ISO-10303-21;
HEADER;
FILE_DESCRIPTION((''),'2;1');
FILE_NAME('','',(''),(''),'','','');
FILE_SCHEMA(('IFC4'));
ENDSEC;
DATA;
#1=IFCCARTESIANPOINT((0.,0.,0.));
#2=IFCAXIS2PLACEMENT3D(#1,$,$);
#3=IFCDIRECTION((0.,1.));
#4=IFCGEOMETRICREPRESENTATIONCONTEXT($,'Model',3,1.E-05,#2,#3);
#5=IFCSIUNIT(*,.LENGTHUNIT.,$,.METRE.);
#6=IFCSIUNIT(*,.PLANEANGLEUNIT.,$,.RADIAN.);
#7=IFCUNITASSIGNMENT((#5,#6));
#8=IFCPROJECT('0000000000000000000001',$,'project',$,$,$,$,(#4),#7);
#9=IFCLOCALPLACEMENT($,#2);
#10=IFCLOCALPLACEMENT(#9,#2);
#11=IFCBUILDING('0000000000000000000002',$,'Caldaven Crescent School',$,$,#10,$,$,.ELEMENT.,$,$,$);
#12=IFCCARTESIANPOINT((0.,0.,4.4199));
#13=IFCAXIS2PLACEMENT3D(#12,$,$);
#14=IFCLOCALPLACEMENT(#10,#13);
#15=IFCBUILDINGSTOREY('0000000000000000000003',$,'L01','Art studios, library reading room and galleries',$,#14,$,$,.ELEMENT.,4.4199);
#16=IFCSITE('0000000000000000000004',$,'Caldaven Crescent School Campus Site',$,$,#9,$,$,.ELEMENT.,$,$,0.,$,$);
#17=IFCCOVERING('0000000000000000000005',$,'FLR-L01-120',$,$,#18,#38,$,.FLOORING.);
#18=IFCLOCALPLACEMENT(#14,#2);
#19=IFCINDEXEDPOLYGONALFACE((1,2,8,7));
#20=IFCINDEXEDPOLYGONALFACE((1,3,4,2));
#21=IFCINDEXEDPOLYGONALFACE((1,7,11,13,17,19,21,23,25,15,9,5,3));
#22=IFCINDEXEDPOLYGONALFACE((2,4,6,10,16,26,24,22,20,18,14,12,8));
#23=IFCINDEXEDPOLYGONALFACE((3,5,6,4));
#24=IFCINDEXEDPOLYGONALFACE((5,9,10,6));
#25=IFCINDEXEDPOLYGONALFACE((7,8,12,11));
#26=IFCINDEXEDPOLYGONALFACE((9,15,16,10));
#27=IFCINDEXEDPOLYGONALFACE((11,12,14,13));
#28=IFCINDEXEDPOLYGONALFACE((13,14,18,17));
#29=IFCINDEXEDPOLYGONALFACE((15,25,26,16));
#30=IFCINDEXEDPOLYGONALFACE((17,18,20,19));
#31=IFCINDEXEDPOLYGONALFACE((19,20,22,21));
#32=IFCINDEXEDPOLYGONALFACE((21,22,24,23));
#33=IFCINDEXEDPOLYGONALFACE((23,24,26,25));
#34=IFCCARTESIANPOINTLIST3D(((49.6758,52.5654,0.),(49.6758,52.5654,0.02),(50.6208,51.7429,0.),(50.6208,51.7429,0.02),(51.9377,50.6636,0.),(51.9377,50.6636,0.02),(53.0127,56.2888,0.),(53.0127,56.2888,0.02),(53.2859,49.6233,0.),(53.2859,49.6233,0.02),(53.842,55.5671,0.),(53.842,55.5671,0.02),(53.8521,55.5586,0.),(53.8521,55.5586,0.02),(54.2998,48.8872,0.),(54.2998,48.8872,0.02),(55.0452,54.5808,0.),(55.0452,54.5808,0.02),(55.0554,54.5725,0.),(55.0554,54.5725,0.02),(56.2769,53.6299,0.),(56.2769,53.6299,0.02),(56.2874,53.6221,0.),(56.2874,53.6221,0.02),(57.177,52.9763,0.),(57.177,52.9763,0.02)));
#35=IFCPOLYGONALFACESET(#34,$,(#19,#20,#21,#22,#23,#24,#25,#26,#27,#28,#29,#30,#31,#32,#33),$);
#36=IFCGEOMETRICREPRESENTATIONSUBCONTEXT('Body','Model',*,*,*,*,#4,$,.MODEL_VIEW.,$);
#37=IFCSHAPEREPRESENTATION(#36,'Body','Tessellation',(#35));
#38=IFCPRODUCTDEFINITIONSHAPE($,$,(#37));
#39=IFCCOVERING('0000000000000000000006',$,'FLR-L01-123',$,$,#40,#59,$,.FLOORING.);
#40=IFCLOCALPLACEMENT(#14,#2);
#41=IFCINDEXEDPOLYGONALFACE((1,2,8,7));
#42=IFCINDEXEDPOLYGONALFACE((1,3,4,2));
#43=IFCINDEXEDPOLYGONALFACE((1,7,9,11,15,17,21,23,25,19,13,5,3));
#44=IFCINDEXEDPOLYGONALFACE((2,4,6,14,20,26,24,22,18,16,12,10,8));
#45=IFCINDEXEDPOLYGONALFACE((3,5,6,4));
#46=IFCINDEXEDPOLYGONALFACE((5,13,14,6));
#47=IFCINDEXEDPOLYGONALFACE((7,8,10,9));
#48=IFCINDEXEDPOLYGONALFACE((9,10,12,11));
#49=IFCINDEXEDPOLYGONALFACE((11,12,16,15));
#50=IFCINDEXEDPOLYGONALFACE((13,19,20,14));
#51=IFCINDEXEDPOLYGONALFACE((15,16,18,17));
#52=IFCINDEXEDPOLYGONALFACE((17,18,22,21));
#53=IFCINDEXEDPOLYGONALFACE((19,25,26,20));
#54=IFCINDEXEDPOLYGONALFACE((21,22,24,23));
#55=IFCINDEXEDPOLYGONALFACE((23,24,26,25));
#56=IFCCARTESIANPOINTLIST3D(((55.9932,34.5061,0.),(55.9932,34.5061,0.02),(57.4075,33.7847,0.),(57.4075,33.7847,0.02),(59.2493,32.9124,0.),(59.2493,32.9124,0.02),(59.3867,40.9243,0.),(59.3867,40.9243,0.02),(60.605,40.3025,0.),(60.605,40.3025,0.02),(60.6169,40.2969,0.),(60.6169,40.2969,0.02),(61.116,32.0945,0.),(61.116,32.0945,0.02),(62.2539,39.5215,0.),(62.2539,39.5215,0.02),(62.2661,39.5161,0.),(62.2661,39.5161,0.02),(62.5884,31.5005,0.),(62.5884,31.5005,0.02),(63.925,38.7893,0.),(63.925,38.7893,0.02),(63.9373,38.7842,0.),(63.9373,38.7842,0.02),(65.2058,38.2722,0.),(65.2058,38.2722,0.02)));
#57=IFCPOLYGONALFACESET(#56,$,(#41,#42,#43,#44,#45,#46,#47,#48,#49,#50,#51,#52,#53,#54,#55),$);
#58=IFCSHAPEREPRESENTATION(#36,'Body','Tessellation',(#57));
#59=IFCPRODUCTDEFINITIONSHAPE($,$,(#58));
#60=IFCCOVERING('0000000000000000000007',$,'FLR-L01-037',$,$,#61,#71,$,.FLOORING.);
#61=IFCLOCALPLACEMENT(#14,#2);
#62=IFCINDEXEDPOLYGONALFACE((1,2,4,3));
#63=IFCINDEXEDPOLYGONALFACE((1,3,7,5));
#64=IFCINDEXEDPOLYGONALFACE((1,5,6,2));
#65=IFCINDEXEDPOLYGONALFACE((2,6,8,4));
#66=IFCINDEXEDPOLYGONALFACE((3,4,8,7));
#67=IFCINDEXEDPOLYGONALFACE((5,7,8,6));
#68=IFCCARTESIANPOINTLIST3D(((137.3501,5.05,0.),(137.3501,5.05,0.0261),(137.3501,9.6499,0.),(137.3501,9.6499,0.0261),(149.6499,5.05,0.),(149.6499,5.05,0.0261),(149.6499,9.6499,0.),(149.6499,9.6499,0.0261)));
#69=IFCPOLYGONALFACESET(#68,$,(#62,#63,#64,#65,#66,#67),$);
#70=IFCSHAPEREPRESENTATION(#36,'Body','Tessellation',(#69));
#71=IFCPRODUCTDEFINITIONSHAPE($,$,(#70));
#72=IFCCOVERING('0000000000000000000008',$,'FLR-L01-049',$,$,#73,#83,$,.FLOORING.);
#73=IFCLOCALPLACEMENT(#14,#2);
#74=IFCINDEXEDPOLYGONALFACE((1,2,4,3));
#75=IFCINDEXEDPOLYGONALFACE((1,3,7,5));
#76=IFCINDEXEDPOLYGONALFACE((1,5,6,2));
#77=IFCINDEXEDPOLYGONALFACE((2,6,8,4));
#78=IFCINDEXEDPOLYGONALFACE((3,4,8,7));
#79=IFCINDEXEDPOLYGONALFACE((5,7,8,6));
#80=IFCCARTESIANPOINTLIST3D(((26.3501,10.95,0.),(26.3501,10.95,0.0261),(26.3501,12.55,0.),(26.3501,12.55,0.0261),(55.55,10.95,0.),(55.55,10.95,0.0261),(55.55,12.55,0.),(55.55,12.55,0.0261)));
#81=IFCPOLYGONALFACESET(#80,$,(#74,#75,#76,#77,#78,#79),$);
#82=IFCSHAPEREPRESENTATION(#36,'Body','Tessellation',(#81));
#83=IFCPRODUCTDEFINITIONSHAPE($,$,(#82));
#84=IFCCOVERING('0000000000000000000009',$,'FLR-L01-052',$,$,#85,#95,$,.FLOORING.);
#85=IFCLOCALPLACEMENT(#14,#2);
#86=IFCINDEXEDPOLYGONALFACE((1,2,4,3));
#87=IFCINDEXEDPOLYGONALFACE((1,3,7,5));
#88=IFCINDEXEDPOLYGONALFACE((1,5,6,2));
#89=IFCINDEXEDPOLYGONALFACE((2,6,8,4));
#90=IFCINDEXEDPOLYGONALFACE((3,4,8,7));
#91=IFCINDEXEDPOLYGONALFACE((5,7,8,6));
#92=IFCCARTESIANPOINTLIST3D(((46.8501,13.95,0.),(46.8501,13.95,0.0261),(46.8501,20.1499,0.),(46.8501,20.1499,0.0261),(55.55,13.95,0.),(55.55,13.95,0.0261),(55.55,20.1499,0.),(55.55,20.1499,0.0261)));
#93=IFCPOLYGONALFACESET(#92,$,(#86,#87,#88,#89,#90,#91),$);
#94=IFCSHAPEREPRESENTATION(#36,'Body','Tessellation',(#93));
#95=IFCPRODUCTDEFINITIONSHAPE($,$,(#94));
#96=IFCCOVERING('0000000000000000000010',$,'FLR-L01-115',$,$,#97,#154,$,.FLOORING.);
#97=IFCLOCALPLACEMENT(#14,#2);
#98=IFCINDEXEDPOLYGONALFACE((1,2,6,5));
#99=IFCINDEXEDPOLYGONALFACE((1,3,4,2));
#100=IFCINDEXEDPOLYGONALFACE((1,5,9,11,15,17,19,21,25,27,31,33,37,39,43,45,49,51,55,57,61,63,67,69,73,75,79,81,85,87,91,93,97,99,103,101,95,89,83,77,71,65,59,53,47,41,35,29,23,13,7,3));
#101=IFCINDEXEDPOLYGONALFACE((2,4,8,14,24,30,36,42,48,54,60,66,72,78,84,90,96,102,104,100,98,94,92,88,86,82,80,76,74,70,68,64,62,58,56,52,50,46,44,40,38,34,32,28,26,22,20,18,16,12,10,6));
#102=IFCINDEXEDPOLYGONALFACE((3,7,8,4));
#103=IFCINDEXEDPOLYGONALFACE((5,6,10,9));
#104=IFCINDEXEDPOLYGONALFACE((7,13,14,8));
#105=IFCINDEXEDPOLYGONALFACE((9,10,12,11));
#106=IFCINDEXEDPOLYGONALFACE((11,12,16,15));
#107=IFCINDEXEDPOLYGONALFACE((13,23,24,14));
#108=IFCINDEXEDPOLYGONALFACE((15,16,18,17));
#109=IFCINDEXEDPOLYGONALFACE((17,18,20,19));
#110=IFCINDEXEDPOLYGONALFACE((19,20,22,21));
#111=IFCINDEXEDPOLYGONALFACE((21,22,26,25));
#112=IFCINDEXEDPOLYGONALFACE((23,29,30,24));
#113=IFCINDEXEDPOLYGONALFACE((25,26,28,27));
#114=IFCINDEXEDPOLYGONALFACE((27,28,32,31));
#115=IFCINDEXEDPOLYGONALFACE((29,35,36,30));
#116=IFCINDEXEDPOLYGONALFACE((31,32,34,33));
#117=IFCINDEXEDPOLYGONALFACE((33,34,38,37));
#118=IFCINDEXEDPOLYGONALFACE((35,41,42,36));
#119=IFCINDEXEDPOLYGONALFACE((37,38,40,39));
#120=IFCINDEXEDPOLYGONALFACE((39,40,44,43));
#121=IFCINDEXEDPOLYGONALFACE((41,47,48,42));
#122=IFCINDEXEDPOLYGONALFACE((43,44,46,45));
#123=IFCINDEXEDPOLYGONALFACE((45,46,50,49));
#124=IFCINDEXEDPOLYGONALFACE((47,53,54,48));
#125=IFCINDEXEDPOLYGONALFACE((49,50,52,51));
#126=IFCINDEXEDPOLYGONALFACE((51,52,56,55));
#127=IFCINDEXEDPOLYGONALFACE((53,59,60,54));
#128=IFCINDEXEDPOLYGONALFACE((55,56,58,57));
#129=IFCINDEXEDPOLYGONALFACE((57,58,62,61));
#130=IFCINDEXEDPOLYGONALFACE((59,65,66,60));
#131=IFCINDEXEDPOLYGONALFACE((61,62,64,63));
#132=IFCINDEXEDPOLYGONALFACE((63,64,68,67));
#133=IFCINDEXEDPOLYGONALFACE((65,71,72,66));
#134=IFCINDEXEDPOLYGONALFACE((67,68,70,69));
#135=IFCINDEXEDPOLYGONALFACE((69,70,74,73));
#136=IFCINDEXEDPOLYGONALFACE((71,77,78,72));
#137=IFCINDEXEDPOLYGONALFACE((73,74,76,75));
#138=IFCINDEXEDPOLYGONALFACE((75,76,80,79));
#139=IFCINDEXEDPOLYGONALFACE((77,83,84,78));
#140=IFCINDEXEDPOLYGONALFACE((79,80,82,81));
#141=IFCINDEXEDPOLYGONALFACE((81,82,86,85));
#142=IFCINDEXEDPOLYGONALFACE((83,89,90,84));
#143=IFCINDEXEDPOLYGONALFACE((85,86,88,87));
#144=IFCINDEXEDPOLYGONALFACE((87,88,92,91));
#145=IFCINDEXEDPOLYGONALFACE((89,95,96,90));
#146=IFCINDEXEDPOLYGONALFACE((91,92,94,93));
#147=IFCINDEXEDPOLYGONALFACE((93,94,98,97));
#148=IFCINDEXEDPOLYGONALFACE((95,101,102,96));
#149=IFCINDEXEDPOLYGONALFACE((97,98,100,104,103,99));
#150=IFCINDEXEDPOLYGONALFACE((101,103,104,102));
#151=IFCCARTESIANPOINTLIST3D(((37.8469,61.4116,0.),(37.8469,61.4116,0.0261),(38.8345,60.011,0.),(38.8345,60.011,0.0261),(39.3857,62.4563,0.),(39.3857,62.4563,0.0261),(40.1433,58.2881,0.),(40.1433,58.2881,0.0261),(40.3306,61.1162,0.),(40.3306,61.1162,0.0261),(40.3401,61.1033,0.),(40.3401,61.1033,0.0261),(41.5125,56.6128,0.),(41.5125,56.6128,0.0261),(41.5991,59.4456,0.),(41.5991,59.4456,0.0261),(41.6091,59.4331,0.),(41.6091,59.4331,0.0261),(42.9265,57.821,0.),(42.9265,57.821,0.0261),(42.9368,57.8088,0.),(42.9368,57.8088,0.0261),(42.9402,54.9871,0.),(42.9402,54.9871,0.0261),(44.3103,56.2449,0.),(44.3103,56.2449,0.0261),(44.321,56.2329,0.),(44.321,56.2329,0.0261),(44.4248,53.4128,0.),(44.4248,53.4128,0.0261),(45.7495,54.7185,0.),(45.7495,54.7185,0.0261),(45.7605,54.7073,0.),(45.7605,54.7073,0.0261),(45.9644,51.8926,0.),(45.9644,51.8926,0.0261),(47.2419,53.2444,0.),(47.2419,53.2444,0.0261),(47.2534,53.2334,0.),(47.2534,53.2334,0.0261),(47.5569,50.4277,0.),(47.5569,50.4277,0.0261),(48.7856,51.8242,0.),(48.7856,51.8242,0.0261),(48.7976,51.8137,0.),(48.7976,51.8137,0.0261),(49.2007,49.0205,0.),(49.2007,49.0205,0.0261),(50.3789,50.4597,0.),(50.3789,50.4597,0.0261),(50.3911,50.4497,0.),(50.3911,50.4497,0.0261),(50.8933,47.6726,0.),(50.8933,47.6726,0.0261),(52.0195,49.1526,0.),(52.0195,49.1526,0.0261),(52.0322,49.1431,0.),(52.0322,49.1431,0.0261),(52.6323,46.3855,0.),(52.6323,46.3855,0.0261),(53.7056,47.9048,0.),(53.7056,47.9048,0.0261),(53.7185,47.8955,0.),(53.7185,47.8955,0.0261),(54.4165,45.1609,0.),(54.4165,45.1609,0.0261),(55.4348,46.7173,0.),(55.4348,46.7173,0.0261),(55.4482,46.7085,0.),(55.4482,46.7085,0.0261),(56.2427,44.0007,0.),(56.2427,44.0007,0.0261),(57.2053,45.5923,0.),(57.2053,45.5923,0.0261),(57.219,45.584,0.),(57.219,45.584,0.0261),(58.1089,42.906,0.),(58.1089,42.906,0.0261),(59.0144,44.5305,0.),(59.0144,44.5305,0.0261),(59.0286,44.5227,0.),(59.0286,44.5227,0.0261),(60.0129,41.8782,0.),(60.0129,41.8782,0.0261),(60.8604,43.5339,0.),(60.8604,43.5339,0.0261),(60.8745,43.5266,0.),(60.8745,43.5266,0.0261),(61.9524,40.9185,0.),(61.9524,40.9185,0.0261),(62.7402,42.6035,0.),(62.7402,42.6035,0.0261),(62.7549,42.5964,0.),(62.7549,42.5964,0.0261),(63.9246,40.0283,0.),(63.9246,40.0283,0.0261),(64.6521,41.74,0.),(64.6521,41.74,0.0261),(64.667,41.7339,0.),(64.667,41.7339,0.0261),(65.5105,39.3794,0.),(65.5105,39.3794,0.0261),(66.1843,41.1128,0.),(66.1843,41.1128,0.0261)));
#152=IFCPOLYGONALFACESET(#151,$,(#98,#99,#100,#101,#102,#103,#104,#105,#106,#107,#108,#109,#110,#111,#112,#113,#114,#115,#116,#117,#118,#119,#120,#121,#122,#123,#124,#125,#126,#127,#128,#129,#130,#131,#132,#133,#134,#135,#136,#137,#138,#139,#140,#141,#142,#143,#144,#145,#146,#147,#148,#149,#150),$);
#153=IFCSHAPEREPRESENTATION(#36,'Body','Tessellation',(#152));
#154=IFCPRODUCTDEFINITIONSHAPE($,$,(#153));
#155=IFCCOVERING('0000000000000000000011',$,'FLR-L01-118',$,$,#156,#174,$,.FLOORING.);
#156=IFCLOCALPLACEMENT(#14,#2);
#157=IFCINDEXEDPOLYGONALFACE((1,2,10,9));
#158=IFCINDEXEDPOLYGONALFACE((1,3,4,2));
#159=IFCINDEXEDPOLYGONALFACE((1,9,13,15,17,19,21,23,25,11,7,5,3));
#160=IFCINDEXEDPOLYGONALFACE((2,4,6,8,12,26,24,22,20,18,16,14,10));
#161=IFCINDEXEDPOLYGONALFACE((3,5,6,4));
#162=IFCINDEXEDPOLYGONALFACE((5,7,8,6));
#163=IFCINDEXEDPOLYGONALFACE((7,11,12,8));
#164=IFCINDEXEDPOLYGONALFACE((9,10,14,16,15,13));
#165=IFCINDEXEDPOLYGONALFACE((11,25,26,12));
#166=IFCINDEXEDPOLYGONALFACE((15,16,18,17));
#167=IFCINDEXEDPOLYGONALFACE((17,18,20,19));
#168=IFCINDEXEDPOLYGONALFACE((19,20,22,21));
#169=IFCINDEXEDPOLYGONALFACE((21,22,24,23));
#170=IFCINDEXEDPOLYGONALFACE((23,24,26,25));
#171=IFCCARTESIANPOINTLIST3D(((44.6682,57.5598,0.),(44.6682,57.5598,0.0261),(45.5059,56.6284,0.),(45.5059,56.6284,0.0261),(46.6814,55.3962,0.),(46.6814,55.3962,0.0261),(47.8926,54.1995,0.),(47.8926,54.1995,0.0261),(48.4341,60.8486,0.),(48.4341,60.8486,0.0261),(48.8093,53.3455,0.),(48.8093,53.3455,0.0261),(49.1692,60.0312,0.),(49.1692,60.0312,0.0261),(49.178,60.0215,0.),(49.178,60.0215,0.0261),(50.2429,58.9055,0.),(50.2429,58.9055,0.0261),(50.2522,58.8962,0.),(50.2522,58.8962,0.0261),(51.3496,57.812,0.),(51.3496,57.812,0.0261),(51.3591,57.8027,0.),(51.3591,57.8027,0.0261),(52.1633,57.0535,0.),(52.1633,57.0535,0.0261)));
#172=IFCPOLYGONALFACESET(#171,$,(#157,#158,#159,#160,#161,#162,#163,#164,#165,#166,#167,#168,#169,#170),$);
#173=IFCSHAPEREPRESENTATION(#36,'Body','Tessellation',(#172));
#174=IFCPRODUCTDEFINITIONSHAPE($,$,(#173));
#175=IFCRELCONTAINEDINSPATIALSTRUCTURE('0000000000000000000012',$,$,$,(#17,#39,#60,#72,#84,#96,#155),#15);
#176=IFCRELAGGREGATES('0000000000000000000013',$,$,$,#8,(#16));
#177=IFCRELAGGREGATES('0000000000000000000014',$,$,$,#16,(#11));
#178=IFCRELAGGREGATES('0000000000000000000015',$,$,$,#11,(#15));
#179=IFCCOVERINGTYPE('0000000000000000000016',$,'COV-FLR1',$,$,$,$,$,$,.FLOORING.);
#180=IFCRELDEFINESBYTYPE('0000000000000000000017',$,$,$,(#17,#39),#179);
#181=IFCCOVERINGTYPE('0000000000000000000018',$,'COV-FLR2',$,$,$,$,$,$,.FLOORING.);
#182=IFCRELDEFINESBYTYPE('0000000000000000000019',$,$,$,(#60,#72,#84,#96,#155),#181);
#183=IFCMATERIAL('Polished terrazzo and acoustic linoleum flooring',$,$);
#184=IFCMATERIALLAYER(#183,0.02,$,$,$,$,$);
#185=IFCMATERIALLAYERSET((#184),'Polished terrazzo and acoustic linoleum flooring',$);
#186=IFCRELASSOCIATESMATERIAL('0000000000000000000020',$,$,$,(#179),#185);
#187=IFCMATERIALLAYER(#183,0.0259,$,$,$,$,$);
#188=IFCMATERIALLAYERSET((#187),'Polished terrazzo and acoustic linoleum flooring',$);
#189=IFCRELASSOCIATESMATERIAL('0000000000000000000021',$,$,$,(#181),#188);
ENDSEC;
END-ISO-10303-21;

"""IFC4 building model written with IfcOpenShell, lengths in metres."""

from ifc_helpers import new_model, si_unit, direction, frame, origin, place, context, subcontext, project, spatial, polyline, outline, extrude, material, layer, layer_set, type_object, element, save


model = new_model("IFC4")

# Units and contexts
model_context = context("Model", 3, precision=1e-05, world=origin(), true_north=direction((0.0, 1.0)))
body_context = subcontext(model_context, "Body", "Model", "MODEL_VIEW")
ifc_project = project(units=[si_unit("LENGTHUNIT", "METRE"), si_unit("PLANEANGLEUNIT", "RADIAN")], contexts=[model_context])

# Site, building, storey
site_placement = place(None, origin())
site = spatial("IfcSite", under=ifc_project, at=site_placement, Name="Caldaven Crescent School Campus Site", CompositionType="ELEMENT", RefElevation=0.0)
building_placement = place(site_placement, origin())
building = spatial("IfcBuilding", under=site, at=building_placement, Name="Caldaven Crescent School", CompositionType="ELEMENT")
storey_placement = place(building_placement, frame((0.0, 0.0, 4.4199)))
storey = spatial("IfcBuildingStorey", under=building, at=storey_placement, Name="L01", Description="Art studios, library reading room and galleries", CompositionType="ELEMENT", Elevation=4.4199)

# Coverings
ifc_material_1 = material(Name="Polished terrazzo and acoustic linoleum flooring")
ifc_layer_1 = layer(ifc_material_1, 0.02)
ifc_layer_set_1 = layer_set([ifc_layer_1], Name="Polished terrazzo and acoustic linoleum flooring")
covering_type_1 = type_object("IfcCoveringType", Name="COV-FLR1", PredefinedType="FLOORING", material=ifc_layer_set_1)
covering_1_placement = place(storey_placement, origin())
element("IfcCovering", 1, at=covering_1_placement, inside=storey, type_object=covering_type_1, Name="FLR-L01-120", PredefinedType="FLOORING", context=body_context, shape_type="SweptSolid", body=[
    extrude(outline(polyline([(53.0127, 56.2888), (53.842, 55.5671), (53.8521, 55.5586), (55.0452, 54.5808), (55.0554, 54.5725), (56.2769, 53.6299), (56.2874, 53.6221), (57.177, 52.9763), (54.2998, 48.8872), (53.2859, 49.6233), (51.9377, 50.6636), (50.6208, 51.7429), (49.6758, 52.5654), (53.0127, 56.2888)])), origin(), (0.0, 0.0, 1.0), 0.02),
])
covering_2_placement = place(storey_placement, origin())
element("IfcCovering", 2, at=covering_2_placement, inside=storey, type_object=covering_type_1, Name="FLR-L01-123", PredefinedType="FLOORING", context=body_context, shape_type="SweptSolid", body=[
    extrude(outline(polyline([(59.3867, 40.9243), (60.605, 40.3025), (60.6169, 40.2969), (62.2539, 39.5215), (62.2661, 39.5161), (63.925, 38.7893), (63.9373, 38.7842), (65.2058, 38.2722), (62.5884, 31.5005), (61.116, 32.0945), (59.2493, 32.9124), (57.4075, 33.7847), (55.9932, 34.5061), (59.3867, 40.9243)])), origin(), (0.0, 0.0, 1.0), 0.02),
])
ifc_layer_2 = layer(ifc_material_1, 0.0259)
ifc_layer_set_2 = layer_set([ifc_layer_2], Name="Polished terrazzo and acoustic linoleum flooring")
covering_type_2 = type_object("IfcCoveringType", Name="COV-FLR2", PredefinedType="FLOORING", material=ifc_layer_set_2)
covering_3_placement = place(storey_placement, origin())
element("IfcCovering", 3, at=covering_3_placement, inside=storey, type_object=covering_type_2, Name="FLR-L01-037", PredefinedType="FLOORING", context=body_context, shape_type="SweptSolid", body=[
    extrude(outline(polyline([(137.3501, 9.6499), (149.6499, 9.6499), (149.6499, 5.05), (137.3501, 5.05), (137.3501, 9.6499)])), origin(), (0.0, 0.0, 1.0), 0.0261),
])
covering_4_placement = place(storey_placement, origin())
element("IfcCovering", 4, at=covering_4_placement, inside=storey, type_object=covering_type_2, Name="FLR-L01-049", PredefinedType="FLOORING", context=body_context, shape_type="SweptSolid", body=[
    extrude(outline(polyline([(26.3501, 12.55), (55.55, 12.55), (55.55, 10.95), (26.3501, 10.95), (26.3501, 12.55)])), origin(), (0.0, 0.0, 1.0), 0.0261),
])
covering_5_placement = place(storey_placement, origin())
element("IfcCovering", 5, at=covering_5_placement, inside=storey, type_object=covering_type_2, Name="FLR-L01-052", PredefinedType="FLOORING", context=body_context, shape_type="SweptSolid", body=[
    extrude(outline(polyline([(46.8501, 20.1499), (55.55, 20.1499), (55.55, 13.95), (46.8501, 13.95), (46.8501, 20.1499)])), origin(), (0.0, 0.0, 1.0), 0.0261),
])
covering_6_placement = place(storey_placement, origin())
element("IfcCovering", 6, at=covering_6_placement, inside=storey, type_object=covering_type_2, Name="FLR-L01-115", PredefinedType="FLOORING", context=body_context, shape_type="SweptSolid", body=[
    extrude(outline(polyline([(39.3857, 62.4563), (40.3306, 61.1162), (40.3401, 61.1033), (41.5991, 59.4456), (41.6091, 59.4331), (42.9265, 57.821), (42.9368, 57.8088), (44.3103, 56.2449), (44.321, 56.2329), (45.7495, 54.7185), (45.7605, 54.7073), (47.2419, 53.2444), (47.2534, 53.2334), (48.7856, 51.8242), (48.7976, 51.8137), (50.3789, 50.4597), (50.3911, 50.4497), (52.0195, 49.1526), (52.0322, 49.1431), (53.7056, 47.9048), (53.7185, 47.8955), (55.4348, 46.7173), (55.4482, 46.7085), (57.2053, 45.5923), (57.219, 45.584), (59.0144, 44.5305), (59.0286, 44.5227), (60.8604, 43.5339), (60.8745, 43.5266), (62.7402, 42.6035), (62.7549, 42.5964), (64.6521, 41.74), (64.667, 41.7339), (66.1843, 41.1128), (65.5105, 39.3794), (63.9246, 40.0283), (61.9524, 40.9185), (60.0129, 41.8782), (58.1089, 42.906), (56.2427, 44.0007), (54.4165, 45.1609), (52.6323, 46.3855), (50.8933, 47.6726), (49.2007, 49.0205), (47.5569, 50.4277), (45.9644, 51.8926), (44.4248, 53.4128), (42.9402, 54.9871), (41.5125, 56.6128), (40.1433, 58.2881), (38.8345, 60.011), (37.8469, 61.4116), (39.3857, 62.4563)])), origin(), (0.0, 0.0, 1.0), 0.0261),
])
covering_7_placement = place(storey_placement, origin())
element("IfcCovering", 7, at=covering_7_placement, inside=storey, type_object=covering_type_2, Name="FLR-L01-118", PredefinedType="FLOORING", context=body_context, shape_type="SweptSolid", body=[
    extrude(outline(polyline([(48.4341, 60.8486), (49.1692, 60.0312), (49.178, 60.0215), (50.2429, 58.9055), (50.2522, 58.8962), (51.3496, 57.812), (51.3591, 57.8027), (52.1633, 57.0535), (48.8093, 53.3455), (47.8926, 54.1995), (46.6814, 55.3962), (45.5059, 56.6284), (44.6682, 57.5598), (48.4341, 60.8486)])), origin(), (0.0, 0.0, 1.0), 0.0261),
])

save(model, "model.ifc")
